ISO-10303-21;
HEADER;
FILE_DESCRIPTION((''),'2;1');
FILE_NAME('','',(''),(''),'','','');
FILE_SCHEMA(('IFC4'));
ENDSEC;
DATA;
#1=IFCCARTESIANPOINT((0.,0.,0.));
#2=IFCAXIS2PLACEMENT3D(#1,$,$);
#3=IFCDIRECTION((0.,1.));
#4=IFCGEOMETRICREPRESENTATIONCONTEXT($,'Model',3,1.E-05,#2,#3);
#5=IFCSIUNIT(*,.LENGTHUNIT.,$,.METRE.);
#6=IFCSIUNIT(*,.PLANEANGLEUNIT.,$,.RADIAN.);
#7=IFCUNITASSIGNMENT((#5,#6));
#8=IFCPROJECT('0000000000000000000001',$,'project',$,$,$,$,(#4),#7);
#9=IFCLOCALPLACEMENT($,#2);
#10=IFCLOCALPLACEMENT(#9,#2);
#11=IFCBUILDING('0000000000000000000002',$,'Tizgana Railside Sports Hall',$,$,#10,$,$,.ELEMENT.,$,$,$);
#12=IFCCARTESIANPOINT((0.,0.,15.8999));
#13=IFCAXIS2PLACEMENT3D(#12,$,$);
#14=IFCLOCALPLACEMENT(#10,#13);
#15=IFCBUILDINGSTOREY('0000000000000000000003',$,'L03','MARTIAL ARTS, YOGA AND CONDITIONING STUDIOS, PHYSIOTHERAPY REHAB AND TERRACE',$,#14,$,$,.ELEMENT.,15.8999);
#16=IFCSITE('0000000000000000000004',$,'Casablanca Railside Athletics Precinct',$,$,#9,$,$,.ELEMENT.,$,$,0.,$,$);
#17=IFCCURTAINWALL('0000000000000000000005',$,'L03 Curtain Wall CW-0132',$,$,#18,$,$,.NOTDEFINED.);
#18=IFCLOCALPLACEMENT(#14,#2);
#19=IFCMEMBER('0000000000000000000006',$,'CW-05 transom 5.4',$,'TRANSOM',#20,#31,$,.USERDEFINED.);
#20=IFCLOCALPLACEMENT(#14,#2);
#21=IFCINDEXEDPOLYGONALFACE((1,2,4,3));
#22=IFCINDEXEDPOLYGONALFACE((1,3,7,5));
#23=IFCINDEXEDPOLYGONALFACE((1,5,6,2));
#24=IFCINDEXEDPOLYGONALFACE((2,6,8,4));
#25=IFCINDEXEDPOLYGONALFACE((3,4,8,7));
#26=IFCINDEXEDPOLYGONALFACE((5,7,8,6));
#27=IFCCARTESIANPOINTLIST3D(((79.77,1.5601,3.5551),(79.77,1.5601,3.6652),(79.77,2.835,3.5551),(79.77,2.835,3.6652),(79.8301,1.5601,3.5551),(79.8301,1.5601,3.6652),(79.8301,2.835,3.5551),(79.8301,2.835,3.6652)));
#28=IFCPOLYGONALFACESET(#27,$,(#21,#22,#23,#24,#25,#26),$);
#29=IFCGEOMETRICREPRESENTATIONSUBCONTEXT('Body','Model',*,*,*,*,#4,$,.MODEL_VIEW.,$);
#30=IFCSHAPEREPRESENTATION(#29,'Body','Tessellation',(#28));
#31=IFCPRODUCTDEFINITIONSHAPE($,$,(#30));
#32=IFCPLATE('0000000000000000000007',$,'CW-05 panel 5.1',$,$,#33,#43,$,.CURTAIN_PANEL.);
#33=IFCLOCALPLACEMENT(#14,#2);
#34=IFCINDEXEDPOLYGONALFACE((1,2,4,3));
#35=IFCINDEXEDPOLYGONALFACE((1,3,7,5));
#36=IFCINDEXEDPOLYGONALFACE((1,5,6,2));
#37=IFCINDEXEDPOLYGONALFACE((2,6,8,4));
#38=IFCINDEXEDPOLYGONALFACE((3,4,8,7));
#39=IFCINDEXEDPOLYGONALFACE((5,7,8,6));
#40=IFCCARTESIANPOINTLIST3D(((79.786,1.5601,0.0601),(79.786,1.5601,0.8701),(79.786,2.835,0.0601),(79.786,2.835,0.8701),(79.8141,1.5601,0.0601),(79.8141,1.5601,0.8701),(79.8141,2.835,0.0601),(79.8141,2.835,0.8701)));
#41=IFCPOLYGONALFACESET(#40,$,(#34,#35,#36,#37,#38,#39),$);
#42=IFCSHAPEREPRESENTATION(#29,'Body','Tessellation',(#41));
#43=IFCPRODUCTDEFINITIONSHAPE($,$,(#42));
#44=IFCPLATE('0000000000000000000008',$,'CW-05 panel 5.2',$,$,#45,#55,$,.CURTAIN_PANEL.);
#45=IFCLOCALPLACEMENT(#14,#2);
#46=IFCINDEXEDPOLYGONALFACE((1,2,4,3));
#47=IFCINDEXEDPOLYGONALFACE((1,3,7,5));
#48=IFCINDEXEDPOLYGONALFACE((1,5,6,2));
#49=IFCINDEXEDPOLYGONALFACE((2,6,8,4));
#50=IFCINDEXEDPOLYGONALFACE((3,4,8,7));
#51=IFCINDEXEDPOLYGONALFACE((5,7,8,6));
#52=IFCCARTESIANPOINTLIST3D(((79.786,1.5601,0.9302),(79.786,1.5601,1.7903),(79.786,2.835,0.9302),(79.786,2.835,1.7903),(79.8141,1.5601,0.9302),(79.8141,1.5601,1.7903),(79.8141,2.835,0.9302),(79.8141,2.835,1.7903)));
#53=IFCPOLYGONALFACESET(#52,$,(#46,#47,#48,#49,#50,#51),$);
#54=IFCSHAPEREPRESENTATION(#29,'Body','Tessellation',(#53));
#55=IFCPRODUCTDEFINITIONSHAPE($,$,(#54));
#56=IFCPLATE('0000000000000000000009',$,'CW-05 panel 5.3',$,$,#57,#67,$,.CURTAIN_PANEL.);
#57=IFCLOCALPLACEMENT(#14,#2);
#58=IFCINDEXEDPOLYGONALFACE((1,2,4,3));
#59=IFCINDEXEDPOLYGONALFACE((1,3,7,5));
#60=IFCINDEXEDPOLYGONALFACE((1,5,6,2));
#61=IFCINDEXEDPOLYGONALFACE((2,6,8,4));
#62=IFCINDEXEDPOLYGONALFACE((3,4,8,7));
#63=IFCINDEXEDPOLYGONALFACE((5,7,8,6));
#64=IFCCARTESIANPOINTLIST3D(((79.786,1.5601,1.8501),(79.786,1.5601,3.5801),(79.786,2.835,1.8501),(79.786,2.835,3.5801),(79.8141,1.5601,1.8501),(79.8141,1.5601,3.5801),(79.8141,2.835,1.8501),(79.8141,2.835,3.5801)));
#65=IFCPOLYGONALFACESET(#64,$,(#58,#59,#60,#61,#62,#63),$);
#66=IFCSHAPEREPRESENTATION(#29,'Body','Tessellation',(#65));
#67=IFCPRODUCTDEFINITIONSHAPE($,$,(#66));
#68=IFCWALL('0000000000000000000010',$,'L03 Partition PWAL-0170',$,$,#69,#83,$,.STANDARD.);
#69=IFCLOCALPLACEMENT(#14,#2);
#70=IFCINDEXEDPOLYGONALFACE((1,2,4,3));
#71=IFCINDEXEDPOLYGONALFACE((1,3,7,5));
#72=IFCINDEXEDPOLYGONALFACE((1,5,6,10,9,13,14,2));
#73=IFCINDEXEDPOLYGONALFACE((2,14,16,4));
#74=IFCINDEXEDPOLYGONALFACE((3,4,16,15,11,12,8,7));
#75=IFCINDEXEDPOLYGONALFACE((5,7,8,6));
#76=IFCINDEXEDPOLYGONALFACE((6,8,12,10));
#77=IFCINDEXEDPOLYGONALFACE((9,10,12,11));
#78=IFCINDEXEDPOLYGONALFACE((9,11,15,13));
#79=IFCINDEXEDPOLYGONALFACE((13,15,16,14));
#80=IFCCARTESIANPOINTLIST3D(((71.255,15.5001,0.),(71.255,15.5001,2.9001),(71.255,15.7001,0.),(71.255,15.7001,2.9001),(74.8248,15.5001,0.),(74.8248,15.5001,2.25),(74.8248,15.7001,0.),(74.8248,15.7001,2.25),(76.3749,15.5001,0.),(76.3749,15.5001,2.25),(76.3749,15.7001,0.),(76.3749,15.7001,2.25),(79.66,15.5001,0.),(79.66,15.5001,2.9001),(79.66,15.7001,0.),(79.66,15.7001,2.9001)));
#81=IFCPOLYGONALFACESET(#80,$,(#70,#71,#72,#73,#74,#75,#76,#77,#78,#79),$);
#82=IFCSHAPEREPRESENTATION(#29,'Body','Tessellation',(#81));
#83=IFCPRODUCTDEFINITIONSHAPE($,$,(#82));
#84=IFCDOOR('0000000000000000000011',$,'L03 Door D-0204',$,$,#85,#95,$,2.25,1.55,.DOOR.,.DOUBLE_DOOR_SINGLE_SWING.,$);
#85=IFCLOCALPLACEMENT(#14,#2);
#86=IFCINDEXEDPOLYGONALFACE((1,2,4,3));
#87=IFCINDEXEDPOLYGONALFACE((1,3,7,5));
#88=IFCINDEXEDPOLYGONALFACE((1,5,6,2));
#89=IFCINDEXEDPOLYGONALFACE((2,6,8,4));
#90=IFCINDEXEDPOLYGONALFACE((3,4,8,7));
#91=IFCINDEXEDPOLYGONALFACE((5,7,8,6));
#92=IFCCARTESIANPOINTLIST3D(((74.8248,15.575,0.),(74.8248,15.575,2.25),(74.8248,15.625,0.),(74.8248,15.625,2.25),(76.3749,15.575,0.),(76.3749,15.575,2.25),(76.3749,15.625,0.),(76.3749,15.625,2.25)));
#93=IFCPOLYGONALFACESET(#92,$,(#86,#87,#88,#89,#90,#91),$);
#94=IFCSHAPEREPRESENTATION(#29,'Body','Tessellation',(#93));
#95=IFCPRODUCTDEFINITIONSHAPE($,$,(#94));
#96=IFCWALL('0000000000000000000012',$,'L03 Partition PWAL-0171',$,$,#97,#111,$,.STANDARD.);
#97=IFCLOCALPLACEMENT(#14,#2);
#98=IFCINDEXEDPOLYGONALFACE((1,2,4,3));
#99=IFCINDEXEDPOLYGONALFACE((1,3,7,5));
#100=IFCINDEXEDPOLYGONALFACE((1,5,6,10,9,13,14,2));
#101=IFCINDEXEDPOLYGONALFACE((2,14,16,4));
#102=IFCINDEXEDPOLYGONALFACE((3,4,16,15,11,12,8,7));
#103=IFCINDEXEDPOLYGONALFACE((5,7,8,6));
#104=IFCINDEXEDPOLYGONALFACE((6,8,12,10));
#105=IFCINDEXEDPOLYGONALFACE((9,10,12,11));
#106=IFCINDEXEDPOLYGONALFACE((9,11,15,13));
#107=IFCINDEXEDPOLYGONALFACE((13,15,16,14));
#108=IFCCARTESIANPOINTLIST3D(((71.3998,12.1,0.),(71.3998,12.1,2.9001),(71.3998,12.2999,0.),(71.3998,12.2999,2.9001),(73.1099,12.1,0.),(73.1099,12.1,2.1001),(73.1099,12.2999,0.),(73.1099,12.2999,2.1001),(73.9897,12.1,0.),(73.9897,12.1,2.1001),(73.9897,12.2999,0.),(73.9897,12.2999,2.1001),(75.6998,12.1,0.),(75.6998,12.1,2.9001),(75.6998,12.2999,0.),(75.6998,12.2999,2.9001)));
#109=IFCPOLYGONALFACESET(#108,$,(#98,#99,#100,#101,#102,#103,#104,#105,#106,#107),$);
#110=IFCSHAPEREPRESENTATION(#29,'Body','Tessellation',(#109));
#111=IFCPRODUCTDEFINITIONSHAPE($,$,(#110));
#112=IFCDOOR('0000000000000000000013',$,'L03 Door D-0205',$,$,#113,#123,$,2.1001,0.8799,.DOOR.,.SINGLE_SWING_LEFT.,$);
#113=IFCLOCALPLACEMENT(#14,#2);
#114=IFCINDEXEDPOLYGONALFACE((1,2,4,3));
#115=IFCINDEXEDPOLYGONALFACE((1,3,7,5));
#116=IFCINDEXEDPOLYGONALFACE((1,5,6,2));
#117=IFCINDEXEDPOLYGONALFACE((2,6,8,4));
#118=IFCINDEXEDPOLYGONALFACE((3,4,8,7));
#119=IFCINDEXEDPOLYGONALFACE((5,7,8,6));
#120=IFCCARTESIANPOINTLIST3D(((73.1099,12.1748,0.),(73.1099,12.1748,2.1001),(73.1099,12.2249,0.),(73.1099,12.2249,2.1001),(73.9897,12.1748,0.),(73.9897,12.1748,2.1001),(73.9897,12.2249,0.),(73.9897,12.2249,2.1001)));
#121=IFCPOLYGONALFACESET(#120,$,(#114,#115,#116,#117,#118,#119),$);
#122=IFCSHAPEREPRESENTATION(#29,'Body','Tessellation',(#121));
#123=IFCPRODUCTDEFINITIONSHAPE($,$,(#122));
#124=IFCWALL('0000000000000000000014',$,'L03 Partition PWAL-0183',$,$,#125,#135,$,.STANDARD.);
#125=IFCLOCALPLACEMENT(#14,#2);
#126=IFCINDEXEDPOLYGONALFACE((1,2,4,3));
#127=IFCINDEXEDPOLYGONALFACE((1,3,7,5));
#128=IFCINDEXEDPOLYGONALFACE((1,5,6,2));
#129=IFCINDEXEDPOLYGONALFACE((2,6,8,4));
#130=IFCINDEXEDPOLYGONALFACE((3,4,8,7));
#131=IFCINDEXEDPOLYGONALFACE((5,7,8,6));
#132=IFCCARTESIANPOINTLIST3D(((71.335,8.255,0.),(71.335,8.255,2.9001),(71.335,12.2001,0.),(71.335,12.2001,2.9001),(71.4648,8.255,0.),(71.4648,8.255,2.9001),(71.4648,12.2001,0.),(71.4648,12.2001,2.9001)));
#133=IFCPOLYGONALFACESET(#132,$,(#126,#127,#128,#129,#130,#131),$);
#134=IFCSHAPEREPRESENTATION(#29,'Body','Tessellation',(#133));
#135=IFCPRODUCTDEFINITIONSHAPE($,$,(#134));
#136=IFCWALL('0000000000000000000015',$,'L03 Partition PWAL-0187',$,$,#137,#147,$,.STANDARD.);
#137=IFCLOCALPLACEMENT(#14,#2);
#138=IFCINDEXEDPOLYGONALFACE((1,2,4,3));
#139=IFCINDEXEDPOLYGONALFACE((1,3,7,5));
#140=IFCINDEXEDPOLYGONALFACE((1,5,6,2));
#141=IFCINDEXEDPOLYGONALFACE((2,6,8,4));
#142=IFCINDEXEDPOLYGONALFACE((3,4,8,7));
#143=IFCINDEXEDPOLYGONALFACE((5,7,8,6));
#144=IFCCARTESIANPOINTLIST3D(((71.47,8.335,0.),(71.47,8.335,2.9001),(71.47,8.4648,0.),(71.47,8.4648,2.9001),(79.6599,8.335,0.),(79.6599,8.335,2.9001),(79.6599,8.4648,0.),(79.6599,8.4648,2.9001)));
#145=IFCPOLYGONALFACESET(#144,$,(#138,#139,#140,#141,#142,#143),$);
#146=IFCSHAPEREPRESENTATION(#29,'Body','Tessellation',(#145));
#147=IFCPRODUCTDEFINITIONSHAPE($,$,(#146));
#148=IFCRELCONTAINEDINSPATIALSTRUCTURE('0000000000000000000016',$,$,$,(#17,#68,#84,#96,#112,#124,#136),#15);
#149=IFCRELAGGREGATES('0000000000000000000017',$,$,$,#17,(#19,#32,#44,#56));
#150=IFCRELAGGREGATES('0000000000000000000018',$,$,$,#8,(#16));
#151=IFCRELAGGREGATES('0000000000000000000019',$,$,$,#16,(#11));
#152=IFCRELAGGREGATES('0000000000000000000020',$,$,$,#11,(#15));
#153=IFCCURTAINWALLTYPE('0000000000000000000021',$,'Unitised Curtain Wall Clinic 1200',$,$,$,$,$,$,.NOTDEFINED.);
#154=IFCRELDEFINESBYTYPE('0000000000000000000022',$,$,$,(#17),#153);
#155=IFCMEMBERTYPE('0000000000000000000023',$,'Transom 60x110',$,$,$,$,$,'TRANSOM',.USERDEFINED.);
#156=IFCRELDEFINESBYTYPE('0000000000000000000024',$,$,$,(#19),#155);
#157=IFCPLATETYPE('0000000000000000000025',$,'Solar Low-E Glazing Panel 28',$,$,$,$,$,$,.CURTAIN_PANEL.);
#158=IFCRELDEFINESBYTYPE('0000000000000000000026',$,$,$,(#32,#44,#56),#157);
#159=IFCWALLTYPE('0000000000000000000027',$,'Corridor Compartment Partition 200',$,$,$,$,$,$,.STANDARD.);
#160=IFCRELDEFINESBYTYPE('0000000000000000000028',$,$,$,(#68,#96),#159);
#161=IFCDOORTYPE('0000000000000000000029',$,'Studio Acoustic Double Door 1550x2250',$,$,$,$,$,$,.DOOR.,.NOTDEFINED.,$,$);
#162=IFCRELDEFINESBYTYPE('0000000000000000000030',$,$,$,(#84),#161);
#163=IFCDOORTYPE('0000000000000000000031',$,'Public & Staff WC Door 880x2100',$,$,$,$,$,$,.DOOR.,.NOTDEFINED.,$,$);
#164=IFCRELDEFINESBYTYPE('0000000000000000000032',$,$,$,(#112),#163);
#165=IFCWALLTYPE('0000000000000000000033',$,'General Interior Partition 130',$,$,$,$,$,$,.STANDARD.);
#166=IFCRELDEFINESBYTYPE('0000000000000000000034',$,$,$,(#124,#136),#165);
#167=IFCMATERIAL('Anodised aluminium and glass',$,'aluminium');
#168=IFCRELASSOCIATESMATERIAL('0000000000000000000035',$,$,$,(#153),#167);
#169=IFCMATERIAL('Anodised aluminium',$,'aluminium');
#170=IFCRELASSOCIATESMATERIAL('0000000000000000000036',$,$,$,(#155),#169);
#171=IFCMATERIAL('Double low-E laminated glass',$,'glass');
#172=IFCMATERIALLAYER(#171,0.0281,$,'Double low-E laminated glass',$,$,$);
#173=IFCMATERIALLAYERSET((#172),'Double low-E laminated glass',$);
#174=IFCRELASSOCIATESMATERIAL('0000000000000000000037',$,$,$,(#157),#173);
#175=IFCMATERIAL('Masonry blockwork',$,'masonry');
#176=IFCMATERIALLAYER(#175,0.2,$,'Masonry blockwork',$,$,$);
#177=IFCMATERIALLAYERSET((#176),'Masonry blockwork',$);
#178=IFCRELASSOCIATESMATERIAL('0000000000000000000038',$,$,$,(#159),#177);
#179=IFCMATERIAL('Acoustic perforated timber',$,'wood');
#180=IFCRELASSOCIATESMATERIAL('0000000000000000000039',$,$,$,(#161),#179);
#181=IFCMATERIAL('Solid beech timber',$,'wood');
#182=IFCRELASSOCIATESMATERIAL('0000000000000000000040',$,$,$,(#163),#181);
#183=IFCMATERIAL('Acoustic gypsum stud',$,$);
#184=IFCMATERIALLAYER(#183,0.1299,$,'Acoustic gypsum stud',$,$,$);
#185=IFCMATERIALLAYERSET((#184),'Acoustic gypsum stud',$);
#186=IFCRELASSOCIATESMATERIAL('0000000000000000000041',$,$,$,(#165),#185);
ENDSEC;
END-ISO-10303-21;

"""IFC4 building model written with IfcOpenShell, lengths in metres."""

from ifc_helpers import new_model, si_unit, direction, frame, frame_2d, origin, origin_2d, place, context, subcontext, project, spatial, rectangle, extrude, material, layer, layer_set, material_profile, profile_set, type_object, element, fill, aggregate, save


model = new_model("IFC4")

# Units and contexts
model_context = context("Model", 3, precision=1e-05, world=origin(), true_north=direction((0.0, 1.0)))
body_context = subcontext(model_context, "Body", "Model", "MODEL_VIEW")
ifc_project = project(units=[si_unit("LENGTHUNIT", "METRE"), si_unit("PLANEANGLEUNIT", "RADIAN")], contexts=[model_context])

# Site, building, storey
site_placement = place(None, origin())
site = spatial("IfcSite", under=ifc_project, at=site_placement, Name="Casablanca Railside Athletics Precinct", CompositionType="ELEMENT", RefElevation=0.0)
building_placement = place(site_placement, origin())
building = spatial("IfcBuilding", under=site, at=building_placement, Name="Tizgana Railside Sports Hall", CompositionType="ELEMENT")
storey_placement = place(building_placement, frame((0.0, 0.0, 15.8999)))
storey = spatial("IfcBuildingStorey", under=building, at=storey_placement, Name="L03", Description="MARTIAL ARTS, YOGA AND CONDITIONING STUDIOS, PHYSIOTHERAPY REHAB AND TERRACE", CompositionType="ELEMENT", Elevation=15.8999)

# Curtain wall, member, plates
ifc_material_1 = material(Name="Anodised aluminium and glass", Category="aluminium")
curtain_wall_type = type_object("IfcCurtainWallType", Name="Unitised Curtain Wall Clinic 1200", PredefinedType="NOTDEFINED", material=ifc_material_1)
curtain_wall_placement = place(storey_placement, origin())
curtain_wall = element("IfcCurtainWall", 1, at=curtain_wall_placement, inside=storey, type_object=curtain_wall_type, Name="L03 Curtain Wall CW-0132", PredefinedType="NOTDEFINED")
ifc_material_2 = material(Name="Anodised aluminium", Category="aluminium")
ifc_material_profile_1 = material_profile(ifc_material_2, rectangle(XDim=0.0601, YDim=0.1101, at=origin_2d()), Name="Transom 60x110")
ifc_profile_set_1 = profile_set([ifc_material_profile_1], Name="Anodised aluminium")
member_type_1 = type_object("IfcMemberType", Name="Transom 60x110", ElementType="TRANSOM", PredefinedType="USERDEFINED", material=ifc_profile_set_1)
member_1_placement = place(storey_placement, frame((79.8, 2.835, 3.6101), z_axis=(0.0, -1.0, 0.0), x_axis=(1.0, 0.0, 0.0)))
member_1 = element("IfcMember", 2, at=member_1_placement, type_object=member_type_1, Name="CW-05 transom 5.4", ObjectType="TRANSOM", PredefinedType="USERDEFINED", context=body_context, shape_type="SweptSolid", body=[
    extrude(rectangle(XDim=0.0601, YDim=0.1101, at=origin_2d()), origin(), (0.0, 0.0, 1.0), 1.2749),
])
ifc_material_3 = material(Name="Double low-E laminated glass", Category="glass")
ifc_layer_1 = layer(ifc_material_3, 0.0281, Name="Double low-E laminated glass")
ifc_layer_set_1 = layer_set([ifc_layer_1], Name="Double low-E laminated glass")
plate_type = type_object("IfcPlateType", Name="Solar Low-E Glazing Panel 28", PredefinedType="CURTAIN_PANEL", material=ifc_layer_set_1)
plate_1_placement = place(storey_placement, frame((79.8, 2.1975, 0.0601), z_axis=(0.0, 0.0, 1.0), x_axis=(0.0, -1.0, 0.0)))
plate_1 = element("IfcPlate", 3, at=plate_1_placement, type_object=plate_type, Name="CW-05 panel 5.1", PredefinedType="CURTAIN_PANEL", context=body_context, shape_type="SweptSolid", body=[
    extrude(rectangle(XDim=1.2749, YDim=0.0281, at=origin_2d()), origin(), (0.0, 0.0, 1.0), 0.8101),
])
plate_2_placement = place(storey_placement, frame((79.8, 2.1975, 0.9302), z_axis=(0.0, 0.0, 1.0), x_axis=(0.0, -1.0, 0.0)))
plate_2 = element("IfcPlate", 4, at=plate_2_placement, type_object=plate_type, Name="CW-05 panel 5.2", PredefinedType="CURTAIN_PANEL", context=body_context, shape_type="SweptSolid", body=[
    extrude(rectangle(XDim=1.2749, YDim=0.0281, at=origin_2d()), origin(), (0.0, 0.0, 1.0), 0.8601),
])
plate_3_placement = place(storey_placement, frame((79.8, 2.1975, 1.8501), z_axis=(0.0, 0.0, 1.0), x_axis=(0.0, -1.0, 0.0)))
plate_3 = element("IfcPlate", 5, at=plate_3_placement, type_object=plate_type, Name="CW-05 panel 5.3", PredefinedType="CURTAIN_PANEL", context=body_context, shape_type="SweptSolid", body=[
    extrude(rectangle(XDim=1.2749, YDim=0.0281, at=origin_2d()), origin(), (0.0, 0.0, 1.0), 1.73),
])
aggregate(curtain_wall, [member_1, plate_1, plate_2, plate_3])

# Walls, openings, doors
ifc_material_4 = material(Name="Masonry blockwork", Category="masonry")
ifc_layer_2 = layer(ifc_material_4, 0.2, Name="Masonry blockwork")
ifc_layer_set_2 = layer_set([ifc_layer_2], Name="Masonry blockwork")
wall_type_1 = type_object("IfcWallType", Name="Corridor Compartment Partition 200", PredefinedType="STANDARD", material=ifc_layer_set_2)
wall_1_placement = place(storey_placement, frame((71.2549, 15.6001, 0.0), z_axis=(0.0, 0.0, 1.0), x_axis=(1.0, 0.0, 0.0)))
wall_1 = element("IfcWall", 6, at=wall_1_placement, inside=storey, type_object=wall_type_1, Name="L03 Partition PWAL-0170", PredefinedType="STANDARD", context=body_context, shape_type="SweptSolid", body=[
    extrude(rectangle(XDim=8.405, YDim=0.2, at=frame_2d((4.2026, 0.0))), origin(), (0.0, 0.0, 1.0), 2.9001),
])
opening_1_placement = place(wall_1_placement, frame((3.5701, 0.0, 0.0)))
opening_1 = element("IfcOpeningElement", 7, at=opening_1_placement, cuts=wall_1, PredefinedType="OPENING", context=body_context, shape_type="SweptSolid", body=[
    extrude(rectangle(XDim=1.55, YDim=2.25, at=frame_2d((0.7749, 1.125))), frame((0.0, 0.1099, 0.0), z_axis=(0.0, -1.0, 0.0), x_axis=(1.0, 0.0, 0.0)), (0.0, 0.0, 1.0), 0.22),
])
ifc_material_5 = material(Name="Acoustic perforated timber", Category="wood")
door_type_1 = type_object("IfcDoorType", Name="Studio Acoustic Double Door 1550x2250", OperationType="NOTDEFINED", PredefinedType="DOOR", material=ifc_material_5)
door_1_placement = place(opening_1_placement, origin())
door_1 = element("IfcDoor", 8, at=door_1_placement, inside=storey, type_object=door_type_1, Name="L03 Door D-0204", OperationType="DOUBLE_DOOR_SINGLE_SWING", OverallHeight=2.25, OverallWidth=1.55, PredefinedType="DOOR", context=body_context, shape_type="SweptSolid", body=[
    extrude(rectangle(XDim=1.55, YDim=2.25, at=frame_2d((0.7749, 1.125))), frame((0.0, 0.0249, 0.0), z_axis=(0.0, -1.0, 0.0), x_axis=(1.0, 0.0, 0.0)), (0.0, 0.0, 1.0), 0.05),
])
fill(opening_1, door_1)
wall_2_placement = place(storey_placement, frame((71.3999, 12.2, 0.0), z_axis=(0.0, 0.0, 1.0), x_axis=(1.0, 0.0, 0.0)))
wall_2 = element("IfcWall", 9, at=wall_2_placement, inside=storey, type_object=wall_type_1, Name="L03 Partition PWAL-0171", PredefinedType="STANDARD", context=body_context, shape_type="SweptSolid", body=[
    extrude(rectangle(XDim=4.3, YDim=0.2, at=frame_2d((2.1499, 0.0))), origin(), (0.0, 0.0, 1.0), 2.9001),
])
opening_2_placement = place(wall_2_placement, frame((1.71, 0.0, 0.0)))
opening_2 = element("IfcOpeningElement", 10, at=opening_2_placement, cuts=wall_2, PredefinedType="OPENING", context=body_context, shape_type="SweptSolid", body=[
    extrude(rectangle(XDim=0.8799, YDim=2.1001, at=frame_2d((0.4399, 1.05))), frame((0.0, 0.1099, 0.0), z_axis=(0.0, -1.0, 0.0), x_axis=(1.0, 0.0, 0.0)), (0.0, 0.0, 1.0), 0.22),
])
ifc_material_6 = material(Name="Solid beech timber", Category="wood")
door_type_2 = type_object("IfcDoorType", Name="Public & Staff WC Door 880x2100", OperationType="NOTDEFINED", PredefinedType="DOOR", material=ifc_material_6)
door_2_placement = place(opening_2_placement, origin())
door_2 = element("IfcDoor", 11, at=door_2_placement, inside=storey, type_object=door_type_2, Name="L03 Door D-0205", OperationType="SINGLE_SWING_LEFT", OverallHeight=2.1001, OverallWidth=0.8799, PredefinedType="DOOR", context=body_context, shape_type="SweptSolid", body=[
    extrude(rectangle(XDim=0.8799, YDim=2.1001, at=frame_2d((0.4399, 1.05))), frame((0.0, 0.0249, 0.0), z_axis=(0.0, -1.0, 0.0), x_axis=(1.0, 0.0, 0.0)), (0.0, 0.0, 1.0), 0.05),
])
fill(opening_2, door_2)

# Walls
ifc_material_7 = material(Name="Acoustic gypsum stud")
ifc_layer_3 = layer(ifc_material_7, 0.1299, Name="Acoustic gypsum stud")
ifc_layer_set_3 = layer_set([ifc_layer_3], Name="Acoustic gypsum stud")
wall_type_2 = type_object("IfcWallType", Name="General Interior Partition 130", PredefinedType="STANDARD", material=ifc_layer_set_3)
wall_3_placement = place(storey_placement, frame((71.3999, 8.2549, 0.0), z_axis=(0.0, 0.0, 1.0), x_axis=(0.0, 1.0, 0.0)))
element("IfcWall", 12, at=wall_3_placement, inside=storey, type_object=wall_type_2, Name="L03 Partition PWAL-0183", PredefinedType="STANDARD", context=body_context, shape_type="SweptSolid", body=[
    extrude(rectangle(XDim=3.9451, YDim=0.1299, at=frame_2d((1.9727, 0.0))), origin(), (0.0, 0.0, 1.0), 2.9001),
])
wall_4_placement = place(storey_placement, frame((71.47, 8.3999, 0.0), z_axis=(0.0, 0.0, 1.0), x_axis=(1.0, 0.0, 0.0)))
element("IfcWall", 13, at=wall_4_placement, inside=storey, type_object=wall_type_2, Name="L03 Partition PWAL-0187", PredefinedType="STANDARD", context=body_context, shape_type="SweptSolid", body=[
    extrude(rectangle(XDim=8.1899, YDim=0.1299, at=frame_2d((4.095, 0.0))), origin(), (0.0, 0.0, 1.0), 2.9001),
])

save(model, "model.ifc")
